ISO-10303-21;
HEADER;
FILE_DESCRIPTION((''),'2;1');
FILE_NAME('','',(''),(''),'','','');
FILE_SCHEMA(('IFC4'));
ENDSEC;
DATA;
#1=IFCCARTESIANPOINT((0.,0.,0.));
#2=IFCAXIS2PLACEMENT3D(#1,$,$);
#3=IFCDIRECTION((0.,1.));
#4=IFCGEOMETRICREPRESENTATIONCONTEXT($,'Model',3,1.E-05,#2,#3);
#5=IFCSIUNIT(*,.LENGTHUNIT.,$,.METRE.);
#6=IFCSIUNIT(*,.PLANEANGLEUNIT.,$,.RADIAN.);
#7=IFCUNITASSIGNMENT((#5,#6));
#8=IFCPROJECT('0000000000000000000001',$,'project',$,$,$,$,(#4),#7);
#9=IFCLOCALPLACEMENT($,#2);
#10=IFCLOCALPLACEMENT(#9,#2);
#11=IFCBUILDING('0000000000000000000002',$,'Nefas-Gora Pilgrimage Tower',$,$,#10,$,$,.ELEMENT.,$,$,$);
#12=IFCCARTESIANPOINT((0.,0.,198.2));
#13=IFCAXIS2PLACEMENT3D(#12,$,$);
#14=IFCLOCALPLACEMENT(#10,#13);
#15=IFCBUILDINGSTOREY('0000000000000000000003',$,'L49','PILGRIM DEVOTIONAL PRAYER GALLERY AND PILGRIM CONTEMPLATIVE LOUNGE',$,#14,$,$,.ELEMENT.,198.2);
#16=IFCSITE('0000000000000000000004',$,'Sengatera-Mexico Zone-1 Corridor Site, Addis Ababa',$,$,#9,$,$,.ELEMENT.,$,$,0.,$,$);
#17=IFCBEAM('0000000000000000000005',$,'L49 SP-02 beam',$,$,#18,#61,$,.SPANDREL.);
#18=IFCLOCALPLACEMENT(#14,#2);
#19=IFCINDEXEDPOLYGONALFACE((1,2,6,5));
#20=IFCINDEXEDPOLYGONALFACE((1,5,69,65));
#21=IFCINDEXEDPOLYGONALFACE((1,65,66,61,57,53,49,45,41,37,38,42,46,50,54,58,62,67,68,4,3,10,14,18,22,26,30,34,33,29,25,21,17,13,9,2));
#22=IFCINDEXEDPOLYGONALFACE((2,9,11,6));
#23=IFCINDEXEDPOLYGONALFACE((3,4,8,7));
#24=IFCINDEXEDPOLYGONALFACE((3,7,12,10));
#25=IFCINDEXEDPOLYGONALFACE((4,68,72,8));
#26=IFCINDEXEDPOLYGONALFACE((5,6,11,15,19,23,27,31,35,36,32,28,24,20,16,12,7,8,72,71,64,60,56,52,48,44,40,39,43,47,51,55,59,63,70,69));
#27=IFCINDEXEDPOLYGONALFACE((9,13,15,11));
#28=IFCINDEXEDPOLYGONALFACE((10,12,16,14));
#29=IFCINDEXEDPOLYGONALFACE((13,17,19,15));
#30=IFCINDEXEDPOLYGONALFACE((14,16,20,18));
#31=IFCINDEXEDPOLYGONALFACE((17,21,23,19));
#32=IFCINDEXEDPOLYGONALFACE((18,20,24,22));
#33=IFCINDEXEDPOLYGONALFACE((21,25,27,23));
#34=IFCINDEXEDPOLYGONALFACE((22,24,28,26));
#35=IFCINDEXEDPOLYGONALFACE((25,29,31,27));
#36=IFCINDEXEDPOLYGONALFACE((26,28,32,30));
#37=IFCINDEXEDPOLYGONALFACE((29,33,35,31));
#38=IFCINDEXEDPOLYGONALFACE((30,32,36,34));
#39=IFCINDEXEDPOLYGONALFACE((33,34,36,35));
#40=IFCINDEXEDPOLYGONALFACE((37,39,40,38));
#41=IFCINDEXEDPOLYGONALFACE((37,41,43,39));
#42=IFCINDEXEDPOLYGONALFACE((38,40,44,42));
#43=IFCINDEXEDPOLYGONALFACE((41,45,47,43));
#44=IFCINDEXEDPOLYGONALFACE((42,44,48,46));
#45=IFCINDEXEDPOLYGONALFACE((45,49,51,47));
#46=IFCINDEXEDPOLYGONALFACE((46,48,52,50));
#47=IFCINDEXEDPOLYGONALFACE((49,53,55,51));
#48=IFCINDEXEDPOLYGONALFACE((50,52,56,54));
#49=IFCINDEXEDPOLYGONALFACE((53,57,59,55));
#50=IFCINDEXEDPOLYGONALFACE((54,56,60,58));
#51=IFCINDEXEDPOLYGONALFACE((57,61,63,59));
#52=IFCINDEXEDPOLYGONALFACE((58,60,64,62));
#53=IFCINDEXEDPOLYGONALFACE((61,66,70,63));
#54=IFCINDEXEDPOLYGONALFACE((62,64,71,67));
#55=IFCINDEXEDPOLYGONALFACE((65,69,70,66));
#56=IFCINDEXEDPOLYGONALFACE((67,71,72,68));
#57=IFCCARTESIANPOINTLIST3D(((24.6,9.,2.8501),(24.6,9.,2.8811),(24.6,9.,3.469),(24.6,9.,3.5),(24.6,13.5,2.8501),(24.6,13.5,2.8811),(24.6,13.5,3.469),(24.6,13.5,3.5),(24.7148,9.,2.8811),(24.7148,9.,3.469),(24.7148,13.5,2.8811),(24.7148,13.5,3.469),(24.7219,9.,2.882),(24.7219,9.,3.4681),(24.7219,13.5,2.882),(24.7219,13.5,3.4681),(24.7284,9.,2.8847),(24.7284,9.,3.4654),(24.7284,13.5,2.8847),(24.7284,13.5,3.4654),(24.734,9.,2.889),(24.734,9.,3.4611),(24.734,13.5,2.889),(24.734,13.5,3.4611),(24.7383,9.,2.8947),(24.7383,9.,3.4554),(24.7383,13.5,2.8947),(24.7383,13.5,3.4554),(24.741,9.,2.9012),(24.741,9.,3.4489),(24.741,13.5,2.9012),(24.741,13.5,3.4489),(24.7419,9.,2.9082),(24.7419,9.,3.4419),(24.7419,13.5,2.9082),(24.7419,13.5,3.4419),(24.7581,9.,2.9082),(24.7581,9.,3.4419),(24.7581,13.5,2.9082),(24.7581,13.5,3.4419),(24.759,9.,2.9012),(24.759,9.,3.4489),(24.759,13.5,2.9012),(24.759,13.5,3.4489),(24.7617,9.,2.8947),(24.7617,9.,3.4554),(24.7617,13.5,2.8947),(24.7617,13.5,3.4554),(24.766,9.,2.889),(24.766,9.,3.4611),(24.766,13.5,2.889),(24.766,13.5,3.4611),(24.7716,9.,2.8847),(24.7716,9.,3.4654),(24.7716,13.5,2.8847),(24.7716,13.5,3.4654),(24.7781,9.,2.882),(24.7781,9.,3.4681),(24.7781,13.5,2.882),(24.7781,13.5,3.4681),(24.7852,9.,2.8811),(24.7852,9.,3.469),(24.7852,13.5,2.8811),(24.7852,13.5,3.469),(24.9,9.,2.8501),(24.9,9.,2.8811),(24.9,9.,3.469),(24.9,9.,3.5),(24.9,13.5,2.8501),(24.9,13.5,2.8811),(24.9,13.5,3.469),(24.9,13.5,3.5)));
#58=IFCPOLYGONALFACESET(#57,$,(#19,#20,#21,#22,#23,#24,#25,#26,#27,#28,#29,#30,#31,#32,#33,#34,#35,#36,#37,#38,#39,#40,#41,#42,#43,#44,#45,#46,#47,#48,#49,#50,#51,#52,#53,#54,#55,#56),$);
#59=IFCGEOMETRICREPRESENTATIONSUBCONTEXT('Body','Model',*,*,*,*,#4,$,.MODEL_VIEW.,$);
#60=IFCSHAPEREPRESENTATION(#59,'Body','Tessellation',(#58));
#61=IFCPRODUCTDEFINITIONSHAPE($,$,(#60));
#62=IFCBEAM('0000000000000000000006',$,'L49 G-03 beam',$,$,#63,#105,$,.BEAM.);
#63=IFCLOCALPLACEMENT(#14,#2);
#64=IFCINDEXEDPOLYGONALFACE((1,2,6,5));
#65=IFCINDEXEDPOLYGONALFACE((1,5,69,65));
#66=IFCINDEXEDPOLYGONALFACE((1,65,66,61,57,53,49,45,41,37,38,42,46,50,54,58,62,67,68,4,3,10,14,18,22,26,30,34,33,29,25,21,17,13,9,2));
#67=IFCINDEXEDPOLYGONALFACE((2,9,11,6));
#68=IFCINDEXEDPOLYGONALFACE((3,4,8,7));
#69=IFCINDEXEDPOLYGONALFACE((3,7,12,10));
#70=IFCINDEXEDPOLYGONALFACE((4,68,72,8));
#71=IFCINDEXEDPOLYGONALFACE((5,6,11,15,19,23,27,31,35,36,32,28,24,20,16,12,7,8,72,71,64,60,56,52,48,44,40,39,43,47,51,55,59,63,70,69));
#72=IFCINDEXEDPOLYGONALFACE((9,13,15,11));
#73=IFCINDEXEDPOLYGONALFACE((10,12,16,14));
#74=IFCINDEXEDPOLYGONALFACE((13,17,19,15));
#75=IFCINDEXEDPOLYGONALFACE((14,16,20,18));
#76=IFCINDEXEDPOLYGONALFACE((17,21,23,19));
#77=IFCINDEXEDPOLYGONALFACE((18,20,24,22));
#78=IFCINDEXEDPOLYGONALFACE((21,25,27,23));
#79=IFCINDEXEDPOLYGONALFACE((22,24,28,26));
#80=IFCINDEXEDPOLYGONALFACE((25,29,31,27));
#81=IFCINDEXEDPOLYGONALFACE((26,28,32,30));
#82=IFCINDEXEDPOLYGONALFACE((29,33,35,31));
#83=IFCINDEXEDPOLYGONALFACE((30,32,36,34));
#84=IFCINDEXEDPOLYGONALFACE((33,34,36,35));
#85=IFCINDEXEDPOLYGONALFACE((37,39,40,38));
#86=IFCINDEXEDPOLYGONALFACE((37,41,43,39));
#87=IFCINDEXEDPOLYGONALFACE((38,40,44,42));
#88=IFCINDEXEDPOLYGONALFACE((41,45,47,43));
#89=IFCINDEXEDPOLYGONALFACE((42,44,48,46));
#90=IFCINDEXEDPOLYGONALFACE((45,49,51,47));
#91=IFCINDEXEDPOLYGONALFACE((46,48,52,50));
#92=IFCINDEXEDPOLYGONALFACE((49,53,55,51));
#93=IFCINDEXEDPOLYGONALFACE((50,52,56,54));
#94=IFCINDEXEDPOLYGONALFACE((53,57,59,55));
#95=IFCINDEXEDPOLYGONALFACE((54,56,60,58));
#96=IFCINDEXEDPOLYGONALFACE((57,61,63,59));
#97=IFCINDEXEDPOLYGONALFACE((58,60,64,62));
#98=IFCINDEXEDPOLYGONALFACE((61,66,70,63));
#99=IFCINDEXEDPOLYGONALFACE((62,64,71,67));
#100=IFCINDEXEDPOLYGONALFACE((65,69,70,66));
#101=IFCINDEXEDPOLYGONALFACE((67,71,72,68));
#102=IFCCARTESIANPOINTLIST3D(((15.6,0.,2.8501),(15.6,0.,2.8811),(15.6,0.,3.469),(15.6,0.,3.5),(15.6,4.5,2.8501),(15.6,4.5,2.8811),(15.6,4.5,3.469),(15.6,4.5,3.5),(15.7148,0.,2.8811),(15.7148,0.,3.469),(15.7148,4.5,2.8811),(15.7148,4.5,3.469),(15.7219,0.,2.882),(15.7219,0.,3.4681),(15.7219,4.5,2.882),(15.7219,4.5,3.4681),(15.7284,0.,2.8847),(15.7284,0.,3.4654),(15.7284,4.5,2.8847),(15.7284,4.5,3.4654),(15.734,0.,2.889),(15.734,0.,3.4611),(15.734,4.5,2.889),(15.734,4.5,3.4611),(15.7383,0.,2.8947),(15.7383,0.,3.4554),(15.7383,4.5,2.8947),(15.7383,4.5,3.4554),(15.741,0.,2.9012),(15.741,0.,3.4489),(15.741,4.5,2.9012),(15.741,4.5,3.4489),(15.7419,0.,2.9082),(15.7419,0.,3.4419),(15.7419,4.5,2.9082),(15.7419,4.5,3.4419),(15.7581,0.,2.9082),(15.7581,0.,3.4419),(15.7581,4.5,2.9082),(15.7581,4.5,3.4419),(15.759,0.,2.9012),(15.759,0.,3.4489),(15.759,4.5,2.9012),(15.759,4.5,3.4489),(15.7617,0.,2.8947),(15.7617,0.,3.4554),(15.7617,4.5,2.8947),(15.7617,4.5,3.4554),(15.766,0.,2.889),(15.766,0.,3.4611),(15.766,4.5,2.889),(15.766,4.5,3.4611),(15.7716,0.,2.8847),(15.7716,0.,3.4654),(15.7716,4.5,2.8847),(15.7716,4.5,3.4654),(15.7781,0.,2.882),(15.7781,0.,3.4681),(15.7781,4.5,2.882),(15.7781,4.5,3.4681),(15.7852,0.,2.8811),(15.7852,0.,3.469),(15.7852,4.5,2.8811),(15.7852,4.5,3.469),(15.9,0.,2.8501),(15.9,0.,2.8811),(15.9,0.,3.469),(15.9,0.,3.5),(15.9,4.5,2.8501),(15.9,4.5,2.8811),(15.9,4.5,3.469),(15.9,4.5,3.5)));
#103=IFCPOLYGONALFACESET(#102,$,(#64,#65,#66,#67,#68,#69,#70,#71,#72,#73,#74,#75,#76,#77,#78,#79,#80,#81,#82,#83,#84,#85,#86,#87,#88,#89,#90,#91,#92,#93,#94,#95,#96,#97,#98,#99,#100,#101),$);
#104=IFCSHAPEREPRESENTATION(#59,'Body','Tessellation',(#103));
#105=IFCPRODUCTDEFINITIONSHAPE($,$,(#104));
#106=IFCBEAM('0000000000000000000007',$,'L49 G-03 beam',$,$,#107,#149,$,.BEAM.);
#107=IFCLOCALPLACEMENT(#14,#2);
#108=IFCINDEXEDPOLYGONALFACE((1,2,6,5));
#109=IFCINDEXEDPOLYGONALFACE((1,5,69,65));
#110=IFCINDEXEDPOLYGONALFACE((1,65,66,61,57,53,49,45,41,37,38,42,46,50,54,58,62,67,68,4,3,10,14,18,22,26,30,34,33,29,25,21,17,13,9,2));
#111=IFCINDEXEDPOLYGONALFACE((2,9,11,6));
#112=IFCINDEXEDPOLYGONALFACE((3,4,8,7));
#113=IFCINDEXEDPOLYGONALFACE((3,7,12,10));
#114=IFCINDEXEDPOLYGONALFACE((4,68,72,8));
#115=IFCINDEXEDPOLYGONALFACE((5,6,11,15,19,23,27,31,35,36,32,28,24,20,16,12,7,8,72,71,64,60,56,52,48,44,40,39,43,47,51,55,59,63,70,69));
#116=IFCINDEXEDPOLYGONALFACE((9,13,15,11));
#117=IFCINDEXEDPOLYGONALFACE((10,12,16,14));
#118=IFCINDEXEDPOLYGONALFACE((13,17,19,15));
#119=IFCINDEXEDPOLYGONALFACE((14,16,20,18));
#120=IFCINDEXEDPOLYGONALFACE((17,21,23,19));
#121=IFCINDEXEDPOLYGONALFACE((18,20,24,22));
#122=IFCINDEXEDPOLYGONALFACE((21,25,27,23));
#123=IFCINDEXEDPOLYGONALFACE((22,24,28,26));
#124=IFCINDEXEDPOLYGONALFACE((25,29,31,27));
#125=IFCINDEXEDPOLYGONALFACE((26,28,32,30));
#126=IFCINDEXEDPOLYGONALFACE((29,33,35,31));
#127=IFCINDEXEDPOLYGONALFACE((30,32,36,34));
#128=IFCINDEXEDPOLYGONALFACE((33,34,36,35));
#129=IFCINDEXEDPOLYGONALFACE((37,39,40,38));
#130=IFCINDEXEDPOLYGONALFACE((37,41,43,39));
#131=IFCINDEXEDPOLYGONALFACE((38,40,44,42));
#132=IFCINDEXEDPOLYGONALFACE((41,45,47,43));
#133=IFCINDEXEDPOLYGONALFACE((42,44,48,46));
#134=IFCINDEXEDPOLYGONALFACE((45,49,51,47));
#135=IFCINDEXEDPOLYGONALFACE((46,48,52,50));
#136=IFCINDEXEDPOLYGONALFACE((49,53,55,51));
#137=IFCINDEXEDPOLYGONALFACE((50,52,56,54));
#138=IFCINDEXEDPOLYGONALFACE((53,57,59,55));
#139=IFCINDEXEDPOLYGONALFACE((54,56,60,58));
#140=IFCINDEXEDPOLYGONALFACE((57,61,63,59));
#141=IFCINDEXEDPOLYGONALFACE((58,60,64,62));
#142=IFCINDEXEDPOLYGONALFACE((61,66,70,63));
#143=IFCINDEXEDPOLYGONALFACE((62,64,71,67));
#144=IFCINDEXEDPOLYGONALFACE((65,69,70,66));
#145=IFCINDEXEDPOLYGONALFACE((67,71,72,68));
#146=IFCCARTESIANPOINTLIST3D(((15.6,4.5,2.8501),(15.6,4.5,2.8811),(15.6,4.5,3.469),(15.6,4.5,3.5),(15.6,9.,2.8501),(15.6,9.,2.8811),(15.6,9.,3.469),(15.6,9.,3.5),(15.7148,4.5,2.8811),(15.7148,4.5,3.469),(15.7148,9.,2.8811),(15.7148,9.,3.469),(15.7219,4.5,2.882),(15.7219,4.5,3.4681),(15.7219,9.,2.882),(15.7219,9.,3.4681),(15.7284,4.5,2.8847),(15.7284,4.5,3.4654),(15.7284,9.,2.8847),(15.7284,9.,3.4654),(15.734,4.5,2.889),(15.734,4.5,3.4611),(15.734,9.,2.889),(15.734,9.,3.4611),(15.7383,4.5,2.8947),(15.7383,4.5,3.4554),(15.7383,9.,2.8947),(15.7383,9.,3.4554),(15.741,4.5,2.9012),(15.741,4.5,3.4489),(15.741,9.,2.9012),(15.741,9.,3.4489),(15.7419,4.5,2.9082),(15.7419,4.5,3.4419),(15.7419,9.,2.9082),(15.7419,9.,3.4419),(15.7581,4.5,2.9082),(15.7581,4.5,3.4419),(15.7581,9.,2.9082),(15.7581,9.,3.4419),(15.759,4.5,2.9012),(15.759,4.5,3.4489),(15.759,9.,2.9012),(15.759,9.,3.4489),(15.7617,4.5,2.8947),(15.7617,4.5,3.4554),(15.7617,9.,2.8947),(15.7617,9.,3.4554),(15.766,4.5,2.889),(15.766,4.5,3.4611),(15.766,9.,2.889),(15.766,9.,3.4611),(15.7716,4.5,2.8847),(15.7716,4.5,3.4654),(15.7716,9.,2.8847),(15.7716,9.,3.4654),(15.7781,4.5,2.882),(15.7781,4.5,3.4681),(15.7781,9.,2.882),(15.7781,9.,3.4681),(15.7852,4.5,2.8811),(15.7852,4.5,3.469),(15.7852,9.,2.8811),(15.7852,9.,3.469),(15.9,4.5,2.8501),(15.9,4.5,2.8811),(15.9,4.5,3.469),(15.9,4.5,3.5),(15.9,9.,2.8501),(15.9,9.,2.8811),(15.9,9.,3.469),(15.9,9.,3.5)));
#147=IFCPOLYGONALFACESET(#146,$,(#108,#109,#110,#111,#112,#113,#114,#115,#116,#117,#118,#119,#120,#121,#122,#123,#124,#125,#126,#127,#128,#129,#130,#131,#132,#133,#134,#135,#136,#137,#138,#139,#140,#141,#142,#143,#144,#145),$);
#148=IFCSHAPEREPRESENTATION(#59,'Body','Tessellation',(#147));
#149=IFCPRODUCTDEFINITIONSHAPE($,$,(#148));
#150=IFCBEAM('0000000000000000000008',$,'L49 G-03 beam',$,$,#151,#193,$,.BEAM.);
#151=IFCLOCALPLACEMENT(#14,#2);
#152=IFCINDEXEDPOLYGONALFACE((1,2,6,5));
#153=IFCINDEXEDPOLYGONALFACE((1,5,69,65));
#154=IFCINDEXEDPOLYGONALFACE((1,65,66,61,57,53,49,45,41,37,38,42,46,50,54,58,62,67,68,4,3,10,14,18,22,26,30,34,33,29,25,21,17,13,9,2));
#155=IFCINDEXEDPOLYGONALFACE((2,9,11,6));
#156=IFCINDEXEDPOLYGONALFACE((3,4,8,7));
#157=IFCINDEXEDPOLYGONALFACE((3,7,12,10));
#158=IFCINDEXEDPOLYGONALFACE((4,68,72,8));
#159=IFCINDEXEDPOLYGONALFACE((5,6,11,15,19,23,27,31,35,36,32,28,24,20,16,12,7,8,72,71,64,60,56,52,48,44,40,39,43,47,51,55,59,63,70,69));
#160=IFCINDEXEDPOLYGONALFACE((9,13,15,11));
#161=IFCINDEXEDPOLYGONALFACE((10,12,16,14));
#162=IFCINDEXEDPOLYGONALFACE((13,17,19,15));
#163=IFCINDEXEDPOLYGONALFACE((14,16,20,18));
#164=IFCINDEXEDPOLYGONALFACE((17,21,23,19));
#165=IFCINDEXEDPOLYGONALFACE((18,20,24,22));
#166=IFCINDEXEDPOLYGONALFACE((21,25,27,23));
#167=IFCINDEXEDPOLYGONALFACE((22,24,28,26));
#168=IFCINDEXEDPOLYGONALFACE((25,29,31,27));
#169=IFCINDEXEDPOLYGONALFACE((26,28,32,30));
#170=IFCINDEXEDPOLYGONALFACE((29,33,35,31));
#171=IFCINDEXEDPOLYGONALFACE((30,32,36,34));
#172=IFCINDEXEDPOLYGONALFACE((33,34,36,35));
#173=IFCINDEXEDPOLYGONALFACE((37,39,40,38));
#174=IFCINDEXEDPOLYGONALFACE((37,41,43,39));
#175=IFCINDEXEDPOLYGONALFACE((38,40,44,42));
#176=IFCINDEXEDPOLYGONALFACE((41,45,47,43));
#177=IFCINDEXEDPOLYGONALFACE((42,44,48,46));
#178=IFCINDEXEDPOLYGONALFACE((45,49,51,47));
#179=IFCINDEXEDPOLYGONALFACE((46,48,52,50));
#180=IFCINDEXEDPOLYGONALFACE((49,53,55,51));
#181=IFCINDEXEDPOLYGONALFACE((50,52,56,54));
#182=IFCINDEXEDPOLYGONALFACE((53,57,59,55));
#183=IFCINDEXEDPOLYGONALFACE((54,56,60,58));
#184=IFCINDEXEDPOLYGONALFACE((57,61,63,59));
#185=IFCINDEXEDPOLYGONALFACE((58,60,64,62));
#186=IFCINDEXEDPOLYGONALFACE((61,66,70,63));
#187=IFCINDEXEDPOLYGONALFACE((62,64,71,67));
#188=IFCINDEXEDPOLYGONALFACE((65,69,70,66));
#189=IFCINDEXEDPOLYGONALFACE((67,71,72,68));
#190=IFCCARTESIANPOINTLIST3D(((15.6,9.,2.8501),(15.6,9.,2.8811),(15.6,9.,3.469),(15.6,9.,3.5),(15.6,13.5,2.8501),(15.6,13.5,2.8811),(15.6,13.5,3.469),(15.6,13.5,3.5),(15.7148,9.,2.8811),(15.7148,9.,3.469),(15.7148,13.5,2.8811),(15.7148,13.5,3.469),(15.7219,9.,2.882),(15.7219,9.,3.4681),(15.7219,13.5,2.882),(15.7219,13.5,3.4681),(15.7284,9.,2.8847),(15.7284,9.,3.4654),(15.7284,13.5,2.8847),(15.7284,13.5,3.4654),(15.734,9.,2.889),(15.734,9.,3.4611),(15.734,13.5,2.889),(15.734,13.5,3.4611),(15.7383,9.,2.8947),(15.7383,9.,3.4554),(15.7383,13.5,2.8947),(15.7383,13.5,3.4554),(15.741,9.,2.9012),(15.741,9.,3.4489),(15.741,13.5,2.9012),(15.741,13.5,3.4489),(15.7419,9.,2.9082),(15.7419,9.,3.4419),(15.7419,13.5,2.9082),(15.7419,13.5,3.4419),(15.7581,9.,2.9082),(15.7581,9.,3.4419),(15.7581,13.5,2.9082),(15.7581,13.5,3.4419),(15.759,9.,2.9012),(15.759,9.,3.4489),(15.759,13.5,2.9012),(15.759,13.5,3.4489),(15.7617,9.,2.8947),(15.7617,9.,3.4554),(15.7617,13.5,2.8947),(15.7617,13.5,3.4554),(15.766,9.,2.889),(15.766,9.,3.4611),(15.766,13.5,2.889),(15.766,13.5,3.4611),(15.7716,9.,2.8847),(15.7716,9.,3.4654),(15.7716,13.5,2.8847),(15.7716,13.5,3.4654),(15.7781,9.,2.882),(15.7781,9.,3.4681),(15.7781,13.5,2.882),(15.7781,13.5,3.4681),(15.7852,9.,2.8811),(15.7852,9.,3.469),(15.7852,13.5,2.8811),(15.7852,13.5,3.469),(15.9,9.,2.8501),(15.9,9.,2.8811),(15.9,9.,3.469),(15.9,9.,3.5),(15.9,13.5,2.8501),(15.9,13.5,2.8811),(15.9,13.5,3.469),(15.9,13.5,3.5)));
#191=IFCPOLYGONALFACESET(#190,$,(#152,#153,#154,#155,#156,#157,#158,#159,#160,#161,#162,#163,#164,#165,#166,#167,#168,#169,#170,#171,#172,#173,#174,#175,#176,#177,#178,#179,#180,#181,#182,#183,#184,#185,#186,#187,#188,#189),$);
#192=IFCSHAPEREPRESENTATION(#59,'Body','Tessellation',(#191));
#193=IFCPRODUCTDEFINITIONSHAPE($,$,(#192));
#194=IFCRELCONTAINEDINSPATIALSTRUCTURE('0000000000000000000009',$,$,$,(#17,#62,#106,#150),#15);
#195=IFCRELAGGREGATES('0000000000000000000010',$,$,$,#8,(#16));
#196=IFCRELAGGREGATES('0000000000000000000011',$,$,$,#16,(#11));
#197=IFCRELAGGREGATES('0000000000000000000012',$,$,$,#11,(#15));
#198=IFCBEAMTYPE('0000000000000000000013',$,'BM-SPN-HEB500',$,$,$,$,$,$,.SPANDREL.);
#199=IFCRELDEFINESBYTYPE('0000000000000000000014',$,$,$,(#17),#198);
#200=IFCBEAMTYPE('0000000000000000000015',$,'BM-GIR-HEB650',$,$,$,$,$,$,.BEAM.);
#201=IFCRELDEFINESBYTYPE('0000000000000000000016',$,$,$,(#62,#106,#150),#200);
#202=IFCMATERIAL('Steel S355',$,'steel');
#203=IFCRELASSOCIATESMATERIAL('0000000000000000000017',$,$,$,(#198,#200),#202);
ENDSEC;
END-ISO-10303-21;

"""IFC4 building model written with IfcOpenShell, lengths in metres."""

from ifc_helpers import new_model, si_unit, direction, frame, origin, origin_2d, place, context, subcontext, project, spatial, i_section, extrude, source, transform, mapped, material, material_profile, profile_set, type_object, element, save


model = new_model("IFC4")

# Units and contexts
model_context = context("Model", 3, precision=1e-05, world=origin(), true_north=direction((0.0, 1.0)))
body_context = subcontext(model_context, "Body", "Model", "MODEL_VIEW")
ifc_project = project(units=[si_unit("LENGTHUNIT", "METRE"), si_unit("PLANEANGLEUNIT", "RADIAN")], contexts=[model_context])

# Site, building, storey
site_placement = place(None, origin())
site = spatial("IfcSite", under=ifc_project, at=site_placement, Name="Sengatera-Mexico Zone-1 Corridor Site, Addis Ababa", CompositionType="ELEMENT", RefElevation=0.0)
building_placement = place(site_placement, origin())
building = spatial("IfcBuilding", under=site, at=building_placement, Name="Nefas-Gora Pilgrimage Tower", CompositionType="ELEMENT")
storey_placement = place(building_placement, frame((0.0, 0.0, 198.2)))
storey = spatial("IfcBuildingStorey", under=building, at=storey_placement, Name="L49", Description="PILGRIM DEVOTIONAL PRAYER GALLERY AND PILGRIM CONTEMPLATIVE LOUNGE", CompositionType="ELEMENT", Elevation=198.2)

# Beams
ifc_material_1 = material(Name="Steel S355", Category="steel")
ifc_material_profile_1 = material_profile(ifc_material_1, i_section(OverallWidth=0.3, OverallDepth=0.6499, WebThickness=0.0161, FlangeThickness=0.031, FilletRadius=0.0271, at=origin_2d()), Name="HEB 650")
ifc_profile_set_1 = profile_set([ifc_material_profile_1], Name="Steel S355")
beam_type_1 = type_object("IfcBeamType", Name="BM-SPN-HEB500", PredefinedType="SPANDREL", material=ifc_profile_set_1)
shared_shape_1 = source(origin(), body_context, "Body", "SweptSolid", [
    extrude(i_section(OverallWidth=0.3, OverallDepth=0.6499, WebThickness=0.0161, FlangeThickness=0.031, FilletRadius=0.0271, at=origin_2d()), origin(), (0.0, 0.0, 1.0), 4.5),
])
for number, where, z_axis, x_axis, name in (
    (1, (24.75, 9.0, 3.175), (0.0, 1.0, 0.0), (-1.0, 0.0, 0.0), "L49 SP-02 beam"),
):
    element("IfcBeam", number, at=place(storey_placement, frame(where, z_axis=z_axis, x_axis=x_axis)), inside=storey, type_object=beam_type_1, Name=name, PredefinedType="SPANDREL", context=body_context, shape_type="MappedRepresentation", body=[
        mapped(shared_shape_1, transform((0.0, 0.0, 0.0), x_axis=(1.0, 0.0, 0.0), y_axis=(0.0, 1.0, 0.0), z_axis=(0.0, 0.0, 1.0), scale=1.0)),
    ])
ifc_material_profile_2 = material_profile(ifc_material_1, i_section(OverallWidth=0.3, OverallDepth=0.6499, WebThickness=0.0161, FlangeThickness=0.031, FilletRadius=0.0271, at=origin_2d()), Name="HEB 650")
ifc_profile_set_2 = profile_set([ifc_material_profile_2], Name="Steel S355")
beam_type_2 = type_object("IfcBeamType", Name="BM-GIR-HEB650", PredefinedType="BEAM", material=ifc_profile_set_2)
shared_shape_2 = source(origin(), body_context, "Body", "SweptSolid", [
    extrude(i_section(OverallWidth=0.3, OverallDepth=0.6499, WebThickness=0.0161, FlangeThickness=0.031, FilletRadius=0.0271, at=origin_2d()), origin(), (0.0, 0.0, 1.0), 4.5),
])
for number, where, z_axis, x_axis, name in (
    (2, (15.75, 0.0, 3.175), (0.0, 1.0, 0.0), (-1.0, 0.0, 0.0), "L49 G-03 beam"),
    (3, (15.75, 4.5, 3.175), (0.0, 1.0, 0.0), (-1.0, 0.0, 0.0), "L49 G-03 beam"),
    (4, (15.75, 9.0, 3.175), (0.0, 1.0, 0.0), (-1.0, 0.0, 0.0), "L49 G-03 beam"),
):
    element("IfcBeam", number, at=place(storey_placement, frame(where, z_axis=z_axis, x_axis=x_axis)), inside=storey, type_object=beam_type_2, Name=name, PredefinedType="BEAM", context=body_context, shape_type="MappedRepresentation", body=[
        mapped(shared_shape_2, transform((0.0, 0.0, 0.0), x_axis=(1.0, 0.0, 0.0), y_axis=(0.0, 1.0, 0.0), z_axis=(0.0, 0.0, 1.0), scale=1.0)),
    ])

save(model, "model.ifc")
